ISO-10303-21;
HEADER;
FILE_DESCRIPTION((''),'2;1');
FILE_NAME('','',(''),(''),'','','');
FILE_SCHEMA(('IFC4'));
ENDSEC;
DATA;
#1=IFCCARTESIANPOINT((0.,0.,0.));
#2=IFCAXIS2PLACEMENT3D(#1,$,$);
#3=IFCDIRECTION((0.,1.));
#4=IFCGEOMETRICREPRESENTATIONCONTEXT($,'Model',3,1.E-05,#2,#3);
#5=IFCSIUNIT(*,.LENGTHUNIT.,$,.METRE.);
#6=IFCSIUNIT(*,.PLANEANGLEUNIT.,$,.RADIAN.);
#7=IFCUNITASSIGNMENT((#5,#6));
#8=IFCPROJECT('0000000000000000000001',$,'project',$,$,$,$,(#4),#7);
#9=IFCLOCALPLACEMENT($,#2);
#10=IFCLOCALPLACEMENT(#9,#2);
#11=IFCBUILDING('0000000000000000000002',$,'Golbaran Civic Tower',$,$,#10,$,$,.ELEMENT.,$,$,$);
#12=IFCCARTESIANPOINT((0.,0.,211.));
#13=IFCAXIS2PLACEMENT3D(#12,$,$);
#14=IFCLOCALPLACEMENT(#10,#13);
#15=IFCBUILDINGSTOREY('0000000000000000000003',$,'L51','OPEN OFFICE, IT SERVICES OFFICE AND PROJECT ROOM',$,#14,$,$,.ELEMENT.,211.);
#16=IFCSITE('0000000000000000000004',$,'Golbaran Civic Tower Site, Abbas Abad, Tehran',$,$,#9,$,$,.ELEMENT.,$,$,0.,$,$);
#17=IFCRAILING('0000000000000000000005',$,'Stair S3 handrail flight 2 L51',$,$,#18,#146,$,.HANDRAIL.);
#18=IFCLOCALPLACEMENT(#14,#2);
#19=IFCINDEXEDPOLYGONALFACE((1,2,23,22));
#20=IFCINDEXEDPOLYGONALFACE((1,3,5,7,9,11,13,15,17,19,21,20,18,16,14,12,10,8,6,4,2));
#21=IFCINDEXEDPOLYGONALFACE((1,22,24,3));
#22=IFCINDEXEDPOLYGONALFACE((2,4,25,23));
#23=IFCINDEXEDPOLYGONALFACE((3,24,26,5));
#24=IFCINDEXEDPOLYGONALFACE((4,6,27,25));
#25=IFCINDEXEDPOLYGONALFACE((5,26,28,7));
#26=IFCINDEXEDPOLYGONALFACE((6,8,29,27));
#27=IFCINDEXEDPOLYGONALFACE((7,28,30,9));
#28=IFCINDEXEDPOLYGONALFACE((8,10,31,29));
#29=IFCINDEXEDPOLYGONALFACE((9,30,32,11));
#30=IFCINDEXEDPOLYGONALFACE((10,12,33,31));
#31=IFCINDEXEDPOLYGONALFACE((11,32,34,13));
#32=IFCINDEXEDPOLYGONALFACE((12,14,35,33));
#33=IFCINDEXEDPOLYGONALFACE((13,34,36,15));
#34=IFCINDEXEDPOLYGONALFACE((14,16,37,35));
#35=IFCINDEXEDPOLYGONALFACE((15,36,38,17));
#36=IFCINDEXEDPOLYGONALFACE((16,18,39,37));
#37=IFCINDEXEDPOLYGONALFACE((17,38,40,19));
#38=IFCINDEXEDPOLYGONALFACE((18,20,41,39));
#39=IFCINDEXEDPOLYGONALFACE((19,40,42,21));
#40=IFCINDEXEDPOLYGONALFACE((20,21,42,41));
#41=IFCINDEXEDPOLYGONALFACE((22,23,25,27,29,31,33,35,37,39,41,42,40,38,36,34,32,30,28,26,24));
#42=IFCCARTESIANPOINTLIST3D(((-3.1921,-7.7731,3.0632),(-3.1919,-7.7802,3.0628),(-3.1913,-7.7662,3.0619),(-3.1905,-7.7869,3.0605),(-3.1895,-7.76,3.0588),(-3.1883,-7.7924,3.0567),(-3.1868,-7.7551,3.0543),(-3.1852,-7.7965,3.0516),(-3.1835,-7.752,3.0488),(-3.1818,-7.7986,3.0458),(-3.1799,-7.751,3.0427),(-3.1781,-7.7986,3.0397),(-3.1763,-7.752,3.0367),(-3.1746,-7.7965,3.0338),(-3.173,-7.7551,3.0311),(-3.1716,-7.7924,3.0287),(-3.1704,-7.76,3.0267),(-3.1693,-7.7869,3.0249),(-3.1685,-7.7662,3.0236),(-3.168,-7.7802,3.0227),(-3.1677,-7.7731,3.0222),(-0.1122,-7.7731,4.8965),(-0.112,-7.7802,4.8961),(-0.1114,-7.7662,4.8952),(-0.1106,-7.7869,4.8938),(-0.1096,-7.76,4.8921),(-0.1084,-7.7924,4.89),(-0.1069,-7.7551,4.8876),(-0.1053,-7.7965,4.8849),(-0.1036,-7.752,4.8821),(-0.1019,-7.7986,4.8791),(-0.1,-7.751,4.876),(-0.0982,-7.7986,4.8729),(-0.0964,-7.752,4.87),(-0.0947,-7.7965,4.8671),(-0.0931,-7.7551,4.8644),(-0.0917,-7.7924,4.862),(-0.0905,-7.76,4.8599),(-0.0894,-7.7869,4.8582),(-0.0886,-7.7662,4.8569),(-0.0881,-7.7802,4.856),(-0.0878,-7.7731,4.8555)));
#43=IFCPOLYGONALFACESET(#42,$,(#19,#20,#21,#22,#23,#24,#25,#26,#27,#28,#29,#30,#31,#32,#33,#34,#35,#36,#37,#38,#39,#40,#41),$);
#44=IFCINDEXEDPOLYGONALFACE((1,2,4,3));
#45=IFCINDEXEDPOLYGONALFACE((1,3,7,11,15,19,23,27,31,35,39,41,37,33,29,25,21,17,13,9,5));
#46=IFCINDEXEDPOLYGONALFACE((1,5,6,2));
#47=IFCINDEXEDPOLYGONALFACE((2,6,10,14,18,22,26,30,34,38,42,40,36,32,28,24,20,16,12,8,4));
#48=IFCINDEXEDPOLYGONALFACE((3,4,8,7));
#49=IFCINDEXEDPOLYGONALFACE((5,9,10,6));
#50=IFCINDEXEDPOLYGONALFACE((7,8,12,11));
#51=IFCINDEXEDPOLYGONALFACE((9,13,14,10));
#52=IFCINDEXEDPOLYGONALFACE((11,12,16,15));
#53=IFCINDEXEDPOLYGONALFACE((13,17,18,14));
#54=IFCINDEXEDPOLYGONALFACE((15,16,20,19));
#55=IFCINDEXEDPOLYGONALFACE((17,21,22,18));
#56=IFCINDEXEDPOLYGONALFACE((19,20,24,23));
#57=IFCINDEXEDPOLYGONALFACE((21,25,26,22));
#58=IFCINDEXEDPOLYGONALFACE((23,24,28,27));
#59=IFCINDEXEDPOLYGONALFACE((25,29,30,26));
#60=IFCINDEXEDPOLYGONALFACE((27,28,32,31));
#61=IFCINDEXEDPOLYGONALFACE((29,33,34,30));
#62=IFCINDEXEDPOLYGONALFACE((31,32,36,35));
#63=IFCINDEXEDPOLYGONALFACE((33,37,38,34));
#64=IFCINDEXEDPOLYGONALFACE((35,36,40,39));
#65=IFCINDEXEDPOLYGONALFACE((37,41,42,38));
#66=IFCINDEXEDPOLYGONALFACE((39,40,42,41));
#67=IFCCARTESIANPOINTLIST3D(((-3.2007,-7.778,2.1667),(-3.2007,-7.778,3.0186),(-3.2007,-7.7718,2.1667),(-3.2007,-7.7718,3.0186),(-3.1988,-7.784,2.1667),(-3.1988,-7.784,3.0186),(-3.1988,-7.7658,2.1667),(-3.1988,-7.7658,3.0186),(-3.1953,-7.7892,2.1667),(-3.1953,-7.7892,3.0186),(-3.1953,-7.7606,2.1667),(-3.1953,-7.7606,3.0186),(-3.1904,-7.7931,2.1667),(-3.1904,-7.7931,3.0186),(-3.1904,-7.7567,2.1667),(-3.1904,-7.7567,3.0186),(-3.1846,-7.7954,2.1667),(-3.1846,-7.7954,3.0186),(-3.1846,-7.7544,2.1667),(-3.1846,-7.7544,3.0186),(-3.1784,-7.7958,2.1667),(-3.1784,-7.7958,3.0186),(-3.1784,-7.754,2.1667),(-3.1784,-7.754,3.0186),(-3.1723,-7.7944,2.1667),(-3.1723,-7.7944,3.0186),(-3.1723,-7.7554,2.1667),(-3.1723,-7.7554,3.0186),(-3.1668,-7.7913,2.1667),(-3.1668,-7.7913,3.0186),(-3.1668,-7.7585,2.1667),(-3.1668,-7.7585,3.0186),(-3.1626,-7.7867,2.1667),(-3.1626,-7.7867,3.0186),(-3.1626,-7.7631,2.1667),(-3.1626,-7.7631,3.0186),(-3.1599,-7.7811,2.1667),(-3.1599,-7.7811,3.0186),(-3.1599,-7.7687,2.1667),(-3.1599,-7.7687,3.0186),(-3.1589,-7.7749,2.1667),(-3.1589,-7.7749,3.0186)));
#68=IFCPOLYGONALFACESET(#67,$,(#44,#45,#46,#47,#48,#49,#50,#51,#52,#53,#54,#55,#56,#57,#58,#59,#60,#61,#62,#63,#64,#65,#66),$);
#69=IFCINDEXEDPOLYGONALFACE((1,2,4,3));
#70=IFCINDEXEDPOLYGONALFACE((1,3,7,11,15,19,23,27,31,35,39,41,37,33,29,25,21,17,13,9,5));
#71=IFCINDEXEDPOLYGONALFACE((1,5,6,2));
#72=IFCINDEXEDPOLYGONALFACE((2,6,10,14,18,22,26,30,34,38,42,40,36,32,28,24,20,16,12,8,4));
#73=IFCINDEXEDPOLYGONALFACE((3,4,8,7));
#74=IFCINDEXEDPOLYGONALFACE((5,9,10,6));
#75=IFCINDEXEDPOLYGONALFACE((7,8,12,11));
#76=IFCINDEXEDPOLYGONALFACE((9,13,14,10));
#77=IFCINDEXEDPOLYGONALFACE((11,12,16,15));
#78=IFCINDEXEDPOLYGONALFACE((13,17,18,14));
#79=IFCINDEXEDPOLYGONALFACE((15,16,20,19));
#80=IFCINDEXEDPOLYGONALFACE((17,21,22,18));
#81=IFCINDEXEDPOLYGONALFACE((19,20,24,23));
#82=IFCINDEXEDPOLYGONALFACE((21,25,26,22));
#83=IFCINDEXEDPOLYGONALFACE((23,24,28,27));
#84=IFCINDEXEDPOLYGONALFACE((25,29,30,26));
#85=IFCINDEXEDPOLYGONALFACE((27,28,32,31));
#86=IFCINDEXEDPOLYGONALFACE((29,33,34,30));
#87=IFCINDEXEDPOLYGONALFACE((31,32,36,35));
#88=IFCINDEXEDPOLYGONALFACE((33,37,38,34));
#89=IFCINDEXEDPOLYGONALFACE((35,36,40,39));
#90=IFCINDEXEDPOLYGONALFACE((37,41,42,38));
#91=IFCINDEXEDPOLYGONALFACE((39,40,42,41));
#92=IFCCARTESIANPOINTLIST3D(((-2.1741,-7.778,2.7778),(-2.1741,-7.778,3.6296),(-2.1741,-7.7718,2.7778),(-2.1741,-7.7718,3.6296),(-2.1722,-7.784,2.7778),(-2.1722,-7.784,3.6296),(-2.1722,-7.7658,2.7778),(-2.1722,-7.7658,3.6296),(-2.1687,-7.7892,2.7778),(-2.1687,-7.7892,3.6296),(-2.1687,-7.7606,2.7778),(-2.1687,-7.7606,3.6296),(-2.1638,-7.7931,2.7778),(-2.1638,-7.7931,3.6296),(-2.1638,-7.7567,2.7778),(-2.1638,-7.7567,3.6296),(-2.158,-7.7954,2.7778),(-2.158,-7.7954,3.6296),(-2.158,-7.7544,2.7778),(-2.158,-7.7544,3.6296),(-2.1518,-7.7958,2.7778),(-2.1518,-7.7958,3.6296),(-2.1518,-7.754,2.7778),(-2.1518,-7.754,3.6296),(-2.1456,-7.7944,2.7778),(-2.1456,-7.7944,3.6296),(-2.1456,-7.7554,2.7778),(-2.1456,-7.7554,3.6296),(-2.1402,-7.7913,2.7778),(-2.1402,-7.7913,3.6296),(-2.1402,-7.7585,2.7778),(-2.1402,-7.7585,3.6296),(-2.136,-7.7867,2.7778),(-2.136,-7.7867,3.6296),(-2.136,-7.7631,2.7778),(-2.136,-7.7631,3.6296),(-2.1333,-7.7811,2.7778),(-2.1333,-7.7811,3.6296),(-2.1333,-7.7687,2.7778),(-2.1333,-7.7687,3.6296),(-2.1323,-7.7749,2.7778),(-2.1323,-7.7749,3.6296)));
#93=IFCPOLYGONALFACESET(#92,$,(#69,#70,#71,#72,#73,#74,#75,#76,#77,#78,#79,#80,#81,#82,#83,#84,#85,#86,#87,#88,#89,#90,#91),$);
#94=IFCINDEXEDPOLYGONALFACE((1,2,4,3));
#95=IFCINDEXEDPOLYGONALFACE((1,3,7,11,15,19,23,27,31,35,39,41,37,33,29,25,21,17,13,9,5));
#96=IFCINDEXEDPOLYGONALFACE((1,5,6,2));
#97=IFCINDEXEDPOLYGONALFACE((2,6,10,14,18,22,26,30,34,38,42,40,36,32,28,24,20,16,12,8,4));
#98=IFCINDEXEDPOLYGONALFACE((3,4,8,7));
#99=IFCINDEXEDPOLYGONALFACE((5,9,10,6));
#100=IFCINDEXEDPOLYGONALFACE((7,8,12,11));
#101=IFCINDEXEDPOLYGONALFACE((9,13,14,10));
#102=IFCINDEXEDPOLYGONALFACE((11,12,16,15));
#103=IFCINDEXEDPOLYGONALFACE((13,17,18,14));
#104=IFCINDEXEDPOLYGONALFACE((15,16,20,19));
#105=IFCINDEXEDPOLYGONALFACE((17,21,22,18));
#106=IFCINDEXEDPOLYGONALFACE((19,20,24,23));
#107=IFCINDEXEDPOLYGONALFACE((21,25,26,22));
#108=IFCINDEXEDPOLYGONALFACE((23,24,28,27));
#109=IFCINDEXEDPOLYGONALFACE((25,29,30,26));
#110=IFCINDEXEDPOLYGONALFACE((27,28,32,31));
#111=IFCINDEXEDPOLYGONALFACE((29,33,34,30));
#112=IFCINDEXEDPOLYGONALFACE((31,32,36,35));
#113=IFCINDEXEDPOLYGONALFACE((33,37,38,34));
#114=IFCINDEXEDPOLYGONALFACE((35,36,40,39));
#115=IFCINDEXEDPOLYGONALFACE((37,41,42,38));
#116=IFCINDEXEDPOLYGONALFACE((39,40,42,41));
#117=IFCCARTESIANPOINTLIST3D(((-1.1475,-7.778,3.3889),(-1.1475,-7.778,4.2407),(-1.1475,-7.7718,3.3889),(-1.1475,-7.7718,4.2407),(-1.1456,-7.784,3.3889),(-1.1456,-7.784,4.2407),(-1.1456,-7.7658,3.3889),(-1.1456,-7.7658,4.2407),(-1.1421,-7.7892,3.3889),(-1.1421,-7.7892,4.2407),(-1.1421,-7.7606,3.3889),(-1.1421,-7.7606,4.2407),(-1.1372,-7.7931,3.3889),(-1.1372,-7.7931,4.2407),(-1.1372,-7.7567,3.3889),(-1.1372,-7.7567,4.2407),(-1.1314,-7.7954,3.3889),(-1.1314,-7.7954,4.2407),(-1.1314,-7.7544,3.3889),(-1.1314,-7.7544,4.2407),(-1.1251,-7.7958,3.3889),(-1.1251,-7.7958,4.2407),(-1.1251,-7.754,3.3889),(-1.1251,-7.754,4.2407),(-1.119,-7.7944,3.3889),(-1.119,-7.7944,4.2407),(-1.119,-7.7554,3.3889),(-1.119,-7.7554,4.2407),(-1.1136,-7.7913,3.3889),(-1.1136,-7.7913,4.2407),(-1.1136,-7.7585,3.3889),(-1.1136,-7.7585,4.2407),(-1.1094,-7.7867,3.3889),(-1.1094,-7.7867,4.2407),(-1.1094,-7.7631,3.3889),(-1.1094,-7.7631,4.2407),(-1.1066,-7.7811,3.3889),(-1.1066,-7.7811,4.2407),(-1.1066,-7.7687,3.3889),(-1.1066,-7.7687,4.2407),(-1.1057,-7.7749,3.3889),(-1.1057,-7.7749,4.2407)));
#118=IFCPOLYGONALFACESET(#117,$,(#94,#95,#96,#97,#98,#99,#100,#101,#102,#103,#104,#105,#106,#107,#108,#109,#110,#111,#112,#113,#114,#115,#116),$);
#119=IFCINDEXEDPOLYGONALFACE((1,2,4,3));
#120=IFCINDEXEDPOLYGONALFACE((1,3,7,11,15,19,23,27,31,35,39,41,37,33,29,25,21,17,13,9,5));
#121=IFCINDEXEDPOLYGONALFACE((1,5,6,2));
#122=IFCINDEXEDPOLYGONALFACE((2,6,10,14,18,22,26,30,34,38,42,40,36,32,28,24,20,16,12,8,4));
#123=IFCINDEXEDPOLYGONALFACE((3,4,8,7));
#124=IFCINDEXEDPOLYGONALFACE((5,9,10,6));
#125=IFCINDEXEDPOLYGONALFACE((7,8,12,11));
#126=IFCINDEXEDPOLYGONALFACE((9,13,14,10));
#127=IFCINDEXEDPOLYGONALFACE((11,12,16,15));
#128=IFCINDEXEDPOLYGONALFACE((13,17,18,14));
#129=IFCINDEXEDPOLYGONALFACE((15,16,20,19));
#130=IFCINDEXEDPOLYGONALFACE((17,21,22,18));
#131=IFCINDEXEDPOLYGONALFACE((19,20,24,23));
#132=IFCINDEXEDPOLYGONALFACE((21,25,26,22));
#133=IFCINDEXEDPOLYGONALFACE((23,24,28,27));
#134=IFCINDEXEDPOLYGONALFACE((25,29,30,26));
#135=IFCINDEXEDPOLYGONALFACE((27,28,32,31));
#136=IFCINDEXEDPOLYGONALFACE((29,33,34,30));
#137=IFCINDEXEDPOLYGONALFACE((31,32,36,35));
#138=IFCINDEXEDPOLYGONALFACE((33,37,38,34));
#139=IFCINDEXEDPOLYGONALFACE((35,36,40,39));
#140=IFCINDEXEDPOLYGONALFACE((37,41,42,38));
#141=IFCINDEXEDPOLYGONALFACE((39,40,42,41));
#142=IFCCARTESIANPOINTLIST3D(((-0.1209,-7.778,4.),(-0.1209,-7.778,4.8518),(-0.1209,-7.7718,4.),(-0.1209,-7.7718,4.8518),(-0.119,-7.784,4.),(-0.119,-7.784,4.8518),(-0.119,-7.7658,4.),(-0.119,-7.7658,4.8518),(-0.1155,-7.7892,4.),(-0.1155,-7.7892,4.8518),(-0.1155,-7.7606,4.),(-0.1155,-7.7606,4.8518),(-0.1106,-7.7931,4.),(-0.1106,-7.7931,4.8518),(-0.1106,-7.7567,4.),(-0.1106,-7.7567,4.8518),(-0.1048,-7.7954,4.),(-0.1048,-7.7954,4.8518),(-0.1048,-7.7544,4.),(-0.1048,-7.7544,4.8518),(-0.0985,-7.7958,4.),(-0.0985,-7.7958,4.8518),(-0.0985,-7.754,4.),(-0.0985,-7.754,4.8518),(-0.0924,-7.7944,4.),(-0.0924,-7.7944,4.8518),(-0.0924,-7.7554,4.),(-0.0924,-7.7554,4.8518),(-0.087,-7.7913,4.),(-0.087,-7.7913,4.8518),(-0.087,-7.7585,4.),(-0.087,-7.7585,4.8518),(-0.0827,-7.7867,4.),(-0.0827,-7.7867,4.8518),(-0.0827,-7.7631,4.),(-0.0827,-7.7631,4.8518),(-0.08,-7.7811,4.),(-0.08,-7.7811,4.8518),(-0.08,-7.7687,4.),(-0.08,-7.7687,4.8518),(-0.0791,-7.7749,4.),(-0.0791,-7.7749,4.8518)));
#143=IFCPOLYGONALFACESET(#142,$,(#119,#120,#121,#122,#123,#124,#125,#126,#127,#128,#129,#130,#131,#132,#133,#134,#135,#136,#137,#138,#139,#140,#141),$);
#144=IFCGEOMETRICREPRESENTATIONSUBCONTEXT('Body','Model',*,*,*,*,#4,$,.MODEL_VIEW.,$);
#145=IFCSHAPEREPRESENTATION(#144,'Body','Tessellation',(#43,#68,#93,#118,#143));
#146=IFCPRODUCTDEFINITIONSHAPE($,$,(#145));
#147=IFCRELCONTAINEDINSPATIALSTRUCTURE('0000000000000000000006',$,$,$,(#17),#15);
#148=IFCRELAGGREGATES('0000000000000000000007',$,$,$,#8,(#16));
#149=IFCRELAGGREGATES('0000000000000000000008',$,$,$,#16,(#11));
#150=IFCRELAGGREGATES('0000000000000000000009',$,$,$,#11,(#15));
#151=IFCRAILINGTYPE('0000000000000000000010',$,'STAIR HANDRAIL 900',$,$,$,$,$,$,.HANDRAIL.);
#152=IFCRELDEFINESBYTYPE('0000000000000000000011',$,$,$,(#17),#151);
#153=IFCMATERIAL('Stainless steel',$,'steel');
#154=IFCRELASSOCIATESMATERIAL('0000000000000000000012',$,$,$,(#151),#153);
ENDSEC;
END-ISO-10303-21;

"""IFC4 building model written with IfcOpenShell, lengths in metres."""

from ifc_helpers import new_model, si_unit, direction, frame, origin, origin_2d, place, context, subcontext, project, spatial, circle, extrude, material, type_object, element, save


model = new_model("IFC4")

# Units and contexts
model_context = context("Model", 3, precision=1e-05, world=origin(), true_north=direction((0.0, 1.0)))
body_context = subcontext(model_context, "Body", "Model", "MODEL_VIEW")
ifc_project = project(units=[si_unit("LENGTHUNIT", "METRE"), si_unit("PLANEANGLEUNIT", "RADIAN")], contexts=[model_context])

# Site, building, storey
site_placement = place(None, origin())
site = spatial("IfcSite", under=ifc_project, at=site_placement, Name="Golbaran Civic Tower Site, Abbas Abad, Tehran", CompositionType="ELEMENT", RefElevation=0.0)
building_placement = place(site_placement, origin())
building = spatial("IfcBuilding", under=site, at=building_placement, Name="Golbaran Civic Tower", CompositionType="ELEMENT")
storey_placement = place(building_placement, frame((0.0, 0.0, 211.0)))
storey = spatial("IfcBuildingStorey", under=building, at=storey_placement, Name="L51", Description="OPEN OFFICE, IT SERVICES OFFICE AND PROJECT ROOM", CompositionType="ELEMENT", Elevation=211.0)

# Shared definitions
ifc_material_1 = material(Name="Stainless steel", Category="steel")

# Railing
railing_type = type_object("IfcRailingType", Name="STAIR HANDRAIL 900", PredefinedType="HANDRAIL", material=ifc_material_1)
railing_1_placement = place(storey_placement, frame((-3.1799, -7.7749, 2.1667)))
element("IfcRailing", 1, at=railing_1_placement, inside=storey, type_object=railing_type, Name="Stair S3 handrail flight 2 L51", PredefinedType="HANDRAIL", context=body_context, shape_type="SweptSolid", body=[
    extrude(circle(Radius=0.0239, at=origin_2d()), frame((0.0, 0.0, 0.876), z_axis=(0.859291, 0.0, 0.511487), x_axis=(0.0, 1.0, 0.0)), (0.0, 0.0, 1.0), 3.5842),
    extrude(circle(Radius=0.021, at=origin_2d()), origin(), (0.0, 0.0, 1.0), 0.8518),
    extrude(circle(Radius=0.021, at=origin_2d()), frame((1.0266, 0.0, 0.6111)), (0.0, 0.0, 1.0), 0.8518),
    extrude(circle(Radius=0.021, at=origin_2d()), frame((2.0532, 0.0, 1.2222)), (0.0, 0.0, 1.0), 0.8518),
    extrude(circle(Radius=0.021, at=origin_2d()), frame((3.0798, 0.0, 1.8333)), (0.0, 0.0, 1.0), 0.8518),
])

save(model, "model.ifc")
